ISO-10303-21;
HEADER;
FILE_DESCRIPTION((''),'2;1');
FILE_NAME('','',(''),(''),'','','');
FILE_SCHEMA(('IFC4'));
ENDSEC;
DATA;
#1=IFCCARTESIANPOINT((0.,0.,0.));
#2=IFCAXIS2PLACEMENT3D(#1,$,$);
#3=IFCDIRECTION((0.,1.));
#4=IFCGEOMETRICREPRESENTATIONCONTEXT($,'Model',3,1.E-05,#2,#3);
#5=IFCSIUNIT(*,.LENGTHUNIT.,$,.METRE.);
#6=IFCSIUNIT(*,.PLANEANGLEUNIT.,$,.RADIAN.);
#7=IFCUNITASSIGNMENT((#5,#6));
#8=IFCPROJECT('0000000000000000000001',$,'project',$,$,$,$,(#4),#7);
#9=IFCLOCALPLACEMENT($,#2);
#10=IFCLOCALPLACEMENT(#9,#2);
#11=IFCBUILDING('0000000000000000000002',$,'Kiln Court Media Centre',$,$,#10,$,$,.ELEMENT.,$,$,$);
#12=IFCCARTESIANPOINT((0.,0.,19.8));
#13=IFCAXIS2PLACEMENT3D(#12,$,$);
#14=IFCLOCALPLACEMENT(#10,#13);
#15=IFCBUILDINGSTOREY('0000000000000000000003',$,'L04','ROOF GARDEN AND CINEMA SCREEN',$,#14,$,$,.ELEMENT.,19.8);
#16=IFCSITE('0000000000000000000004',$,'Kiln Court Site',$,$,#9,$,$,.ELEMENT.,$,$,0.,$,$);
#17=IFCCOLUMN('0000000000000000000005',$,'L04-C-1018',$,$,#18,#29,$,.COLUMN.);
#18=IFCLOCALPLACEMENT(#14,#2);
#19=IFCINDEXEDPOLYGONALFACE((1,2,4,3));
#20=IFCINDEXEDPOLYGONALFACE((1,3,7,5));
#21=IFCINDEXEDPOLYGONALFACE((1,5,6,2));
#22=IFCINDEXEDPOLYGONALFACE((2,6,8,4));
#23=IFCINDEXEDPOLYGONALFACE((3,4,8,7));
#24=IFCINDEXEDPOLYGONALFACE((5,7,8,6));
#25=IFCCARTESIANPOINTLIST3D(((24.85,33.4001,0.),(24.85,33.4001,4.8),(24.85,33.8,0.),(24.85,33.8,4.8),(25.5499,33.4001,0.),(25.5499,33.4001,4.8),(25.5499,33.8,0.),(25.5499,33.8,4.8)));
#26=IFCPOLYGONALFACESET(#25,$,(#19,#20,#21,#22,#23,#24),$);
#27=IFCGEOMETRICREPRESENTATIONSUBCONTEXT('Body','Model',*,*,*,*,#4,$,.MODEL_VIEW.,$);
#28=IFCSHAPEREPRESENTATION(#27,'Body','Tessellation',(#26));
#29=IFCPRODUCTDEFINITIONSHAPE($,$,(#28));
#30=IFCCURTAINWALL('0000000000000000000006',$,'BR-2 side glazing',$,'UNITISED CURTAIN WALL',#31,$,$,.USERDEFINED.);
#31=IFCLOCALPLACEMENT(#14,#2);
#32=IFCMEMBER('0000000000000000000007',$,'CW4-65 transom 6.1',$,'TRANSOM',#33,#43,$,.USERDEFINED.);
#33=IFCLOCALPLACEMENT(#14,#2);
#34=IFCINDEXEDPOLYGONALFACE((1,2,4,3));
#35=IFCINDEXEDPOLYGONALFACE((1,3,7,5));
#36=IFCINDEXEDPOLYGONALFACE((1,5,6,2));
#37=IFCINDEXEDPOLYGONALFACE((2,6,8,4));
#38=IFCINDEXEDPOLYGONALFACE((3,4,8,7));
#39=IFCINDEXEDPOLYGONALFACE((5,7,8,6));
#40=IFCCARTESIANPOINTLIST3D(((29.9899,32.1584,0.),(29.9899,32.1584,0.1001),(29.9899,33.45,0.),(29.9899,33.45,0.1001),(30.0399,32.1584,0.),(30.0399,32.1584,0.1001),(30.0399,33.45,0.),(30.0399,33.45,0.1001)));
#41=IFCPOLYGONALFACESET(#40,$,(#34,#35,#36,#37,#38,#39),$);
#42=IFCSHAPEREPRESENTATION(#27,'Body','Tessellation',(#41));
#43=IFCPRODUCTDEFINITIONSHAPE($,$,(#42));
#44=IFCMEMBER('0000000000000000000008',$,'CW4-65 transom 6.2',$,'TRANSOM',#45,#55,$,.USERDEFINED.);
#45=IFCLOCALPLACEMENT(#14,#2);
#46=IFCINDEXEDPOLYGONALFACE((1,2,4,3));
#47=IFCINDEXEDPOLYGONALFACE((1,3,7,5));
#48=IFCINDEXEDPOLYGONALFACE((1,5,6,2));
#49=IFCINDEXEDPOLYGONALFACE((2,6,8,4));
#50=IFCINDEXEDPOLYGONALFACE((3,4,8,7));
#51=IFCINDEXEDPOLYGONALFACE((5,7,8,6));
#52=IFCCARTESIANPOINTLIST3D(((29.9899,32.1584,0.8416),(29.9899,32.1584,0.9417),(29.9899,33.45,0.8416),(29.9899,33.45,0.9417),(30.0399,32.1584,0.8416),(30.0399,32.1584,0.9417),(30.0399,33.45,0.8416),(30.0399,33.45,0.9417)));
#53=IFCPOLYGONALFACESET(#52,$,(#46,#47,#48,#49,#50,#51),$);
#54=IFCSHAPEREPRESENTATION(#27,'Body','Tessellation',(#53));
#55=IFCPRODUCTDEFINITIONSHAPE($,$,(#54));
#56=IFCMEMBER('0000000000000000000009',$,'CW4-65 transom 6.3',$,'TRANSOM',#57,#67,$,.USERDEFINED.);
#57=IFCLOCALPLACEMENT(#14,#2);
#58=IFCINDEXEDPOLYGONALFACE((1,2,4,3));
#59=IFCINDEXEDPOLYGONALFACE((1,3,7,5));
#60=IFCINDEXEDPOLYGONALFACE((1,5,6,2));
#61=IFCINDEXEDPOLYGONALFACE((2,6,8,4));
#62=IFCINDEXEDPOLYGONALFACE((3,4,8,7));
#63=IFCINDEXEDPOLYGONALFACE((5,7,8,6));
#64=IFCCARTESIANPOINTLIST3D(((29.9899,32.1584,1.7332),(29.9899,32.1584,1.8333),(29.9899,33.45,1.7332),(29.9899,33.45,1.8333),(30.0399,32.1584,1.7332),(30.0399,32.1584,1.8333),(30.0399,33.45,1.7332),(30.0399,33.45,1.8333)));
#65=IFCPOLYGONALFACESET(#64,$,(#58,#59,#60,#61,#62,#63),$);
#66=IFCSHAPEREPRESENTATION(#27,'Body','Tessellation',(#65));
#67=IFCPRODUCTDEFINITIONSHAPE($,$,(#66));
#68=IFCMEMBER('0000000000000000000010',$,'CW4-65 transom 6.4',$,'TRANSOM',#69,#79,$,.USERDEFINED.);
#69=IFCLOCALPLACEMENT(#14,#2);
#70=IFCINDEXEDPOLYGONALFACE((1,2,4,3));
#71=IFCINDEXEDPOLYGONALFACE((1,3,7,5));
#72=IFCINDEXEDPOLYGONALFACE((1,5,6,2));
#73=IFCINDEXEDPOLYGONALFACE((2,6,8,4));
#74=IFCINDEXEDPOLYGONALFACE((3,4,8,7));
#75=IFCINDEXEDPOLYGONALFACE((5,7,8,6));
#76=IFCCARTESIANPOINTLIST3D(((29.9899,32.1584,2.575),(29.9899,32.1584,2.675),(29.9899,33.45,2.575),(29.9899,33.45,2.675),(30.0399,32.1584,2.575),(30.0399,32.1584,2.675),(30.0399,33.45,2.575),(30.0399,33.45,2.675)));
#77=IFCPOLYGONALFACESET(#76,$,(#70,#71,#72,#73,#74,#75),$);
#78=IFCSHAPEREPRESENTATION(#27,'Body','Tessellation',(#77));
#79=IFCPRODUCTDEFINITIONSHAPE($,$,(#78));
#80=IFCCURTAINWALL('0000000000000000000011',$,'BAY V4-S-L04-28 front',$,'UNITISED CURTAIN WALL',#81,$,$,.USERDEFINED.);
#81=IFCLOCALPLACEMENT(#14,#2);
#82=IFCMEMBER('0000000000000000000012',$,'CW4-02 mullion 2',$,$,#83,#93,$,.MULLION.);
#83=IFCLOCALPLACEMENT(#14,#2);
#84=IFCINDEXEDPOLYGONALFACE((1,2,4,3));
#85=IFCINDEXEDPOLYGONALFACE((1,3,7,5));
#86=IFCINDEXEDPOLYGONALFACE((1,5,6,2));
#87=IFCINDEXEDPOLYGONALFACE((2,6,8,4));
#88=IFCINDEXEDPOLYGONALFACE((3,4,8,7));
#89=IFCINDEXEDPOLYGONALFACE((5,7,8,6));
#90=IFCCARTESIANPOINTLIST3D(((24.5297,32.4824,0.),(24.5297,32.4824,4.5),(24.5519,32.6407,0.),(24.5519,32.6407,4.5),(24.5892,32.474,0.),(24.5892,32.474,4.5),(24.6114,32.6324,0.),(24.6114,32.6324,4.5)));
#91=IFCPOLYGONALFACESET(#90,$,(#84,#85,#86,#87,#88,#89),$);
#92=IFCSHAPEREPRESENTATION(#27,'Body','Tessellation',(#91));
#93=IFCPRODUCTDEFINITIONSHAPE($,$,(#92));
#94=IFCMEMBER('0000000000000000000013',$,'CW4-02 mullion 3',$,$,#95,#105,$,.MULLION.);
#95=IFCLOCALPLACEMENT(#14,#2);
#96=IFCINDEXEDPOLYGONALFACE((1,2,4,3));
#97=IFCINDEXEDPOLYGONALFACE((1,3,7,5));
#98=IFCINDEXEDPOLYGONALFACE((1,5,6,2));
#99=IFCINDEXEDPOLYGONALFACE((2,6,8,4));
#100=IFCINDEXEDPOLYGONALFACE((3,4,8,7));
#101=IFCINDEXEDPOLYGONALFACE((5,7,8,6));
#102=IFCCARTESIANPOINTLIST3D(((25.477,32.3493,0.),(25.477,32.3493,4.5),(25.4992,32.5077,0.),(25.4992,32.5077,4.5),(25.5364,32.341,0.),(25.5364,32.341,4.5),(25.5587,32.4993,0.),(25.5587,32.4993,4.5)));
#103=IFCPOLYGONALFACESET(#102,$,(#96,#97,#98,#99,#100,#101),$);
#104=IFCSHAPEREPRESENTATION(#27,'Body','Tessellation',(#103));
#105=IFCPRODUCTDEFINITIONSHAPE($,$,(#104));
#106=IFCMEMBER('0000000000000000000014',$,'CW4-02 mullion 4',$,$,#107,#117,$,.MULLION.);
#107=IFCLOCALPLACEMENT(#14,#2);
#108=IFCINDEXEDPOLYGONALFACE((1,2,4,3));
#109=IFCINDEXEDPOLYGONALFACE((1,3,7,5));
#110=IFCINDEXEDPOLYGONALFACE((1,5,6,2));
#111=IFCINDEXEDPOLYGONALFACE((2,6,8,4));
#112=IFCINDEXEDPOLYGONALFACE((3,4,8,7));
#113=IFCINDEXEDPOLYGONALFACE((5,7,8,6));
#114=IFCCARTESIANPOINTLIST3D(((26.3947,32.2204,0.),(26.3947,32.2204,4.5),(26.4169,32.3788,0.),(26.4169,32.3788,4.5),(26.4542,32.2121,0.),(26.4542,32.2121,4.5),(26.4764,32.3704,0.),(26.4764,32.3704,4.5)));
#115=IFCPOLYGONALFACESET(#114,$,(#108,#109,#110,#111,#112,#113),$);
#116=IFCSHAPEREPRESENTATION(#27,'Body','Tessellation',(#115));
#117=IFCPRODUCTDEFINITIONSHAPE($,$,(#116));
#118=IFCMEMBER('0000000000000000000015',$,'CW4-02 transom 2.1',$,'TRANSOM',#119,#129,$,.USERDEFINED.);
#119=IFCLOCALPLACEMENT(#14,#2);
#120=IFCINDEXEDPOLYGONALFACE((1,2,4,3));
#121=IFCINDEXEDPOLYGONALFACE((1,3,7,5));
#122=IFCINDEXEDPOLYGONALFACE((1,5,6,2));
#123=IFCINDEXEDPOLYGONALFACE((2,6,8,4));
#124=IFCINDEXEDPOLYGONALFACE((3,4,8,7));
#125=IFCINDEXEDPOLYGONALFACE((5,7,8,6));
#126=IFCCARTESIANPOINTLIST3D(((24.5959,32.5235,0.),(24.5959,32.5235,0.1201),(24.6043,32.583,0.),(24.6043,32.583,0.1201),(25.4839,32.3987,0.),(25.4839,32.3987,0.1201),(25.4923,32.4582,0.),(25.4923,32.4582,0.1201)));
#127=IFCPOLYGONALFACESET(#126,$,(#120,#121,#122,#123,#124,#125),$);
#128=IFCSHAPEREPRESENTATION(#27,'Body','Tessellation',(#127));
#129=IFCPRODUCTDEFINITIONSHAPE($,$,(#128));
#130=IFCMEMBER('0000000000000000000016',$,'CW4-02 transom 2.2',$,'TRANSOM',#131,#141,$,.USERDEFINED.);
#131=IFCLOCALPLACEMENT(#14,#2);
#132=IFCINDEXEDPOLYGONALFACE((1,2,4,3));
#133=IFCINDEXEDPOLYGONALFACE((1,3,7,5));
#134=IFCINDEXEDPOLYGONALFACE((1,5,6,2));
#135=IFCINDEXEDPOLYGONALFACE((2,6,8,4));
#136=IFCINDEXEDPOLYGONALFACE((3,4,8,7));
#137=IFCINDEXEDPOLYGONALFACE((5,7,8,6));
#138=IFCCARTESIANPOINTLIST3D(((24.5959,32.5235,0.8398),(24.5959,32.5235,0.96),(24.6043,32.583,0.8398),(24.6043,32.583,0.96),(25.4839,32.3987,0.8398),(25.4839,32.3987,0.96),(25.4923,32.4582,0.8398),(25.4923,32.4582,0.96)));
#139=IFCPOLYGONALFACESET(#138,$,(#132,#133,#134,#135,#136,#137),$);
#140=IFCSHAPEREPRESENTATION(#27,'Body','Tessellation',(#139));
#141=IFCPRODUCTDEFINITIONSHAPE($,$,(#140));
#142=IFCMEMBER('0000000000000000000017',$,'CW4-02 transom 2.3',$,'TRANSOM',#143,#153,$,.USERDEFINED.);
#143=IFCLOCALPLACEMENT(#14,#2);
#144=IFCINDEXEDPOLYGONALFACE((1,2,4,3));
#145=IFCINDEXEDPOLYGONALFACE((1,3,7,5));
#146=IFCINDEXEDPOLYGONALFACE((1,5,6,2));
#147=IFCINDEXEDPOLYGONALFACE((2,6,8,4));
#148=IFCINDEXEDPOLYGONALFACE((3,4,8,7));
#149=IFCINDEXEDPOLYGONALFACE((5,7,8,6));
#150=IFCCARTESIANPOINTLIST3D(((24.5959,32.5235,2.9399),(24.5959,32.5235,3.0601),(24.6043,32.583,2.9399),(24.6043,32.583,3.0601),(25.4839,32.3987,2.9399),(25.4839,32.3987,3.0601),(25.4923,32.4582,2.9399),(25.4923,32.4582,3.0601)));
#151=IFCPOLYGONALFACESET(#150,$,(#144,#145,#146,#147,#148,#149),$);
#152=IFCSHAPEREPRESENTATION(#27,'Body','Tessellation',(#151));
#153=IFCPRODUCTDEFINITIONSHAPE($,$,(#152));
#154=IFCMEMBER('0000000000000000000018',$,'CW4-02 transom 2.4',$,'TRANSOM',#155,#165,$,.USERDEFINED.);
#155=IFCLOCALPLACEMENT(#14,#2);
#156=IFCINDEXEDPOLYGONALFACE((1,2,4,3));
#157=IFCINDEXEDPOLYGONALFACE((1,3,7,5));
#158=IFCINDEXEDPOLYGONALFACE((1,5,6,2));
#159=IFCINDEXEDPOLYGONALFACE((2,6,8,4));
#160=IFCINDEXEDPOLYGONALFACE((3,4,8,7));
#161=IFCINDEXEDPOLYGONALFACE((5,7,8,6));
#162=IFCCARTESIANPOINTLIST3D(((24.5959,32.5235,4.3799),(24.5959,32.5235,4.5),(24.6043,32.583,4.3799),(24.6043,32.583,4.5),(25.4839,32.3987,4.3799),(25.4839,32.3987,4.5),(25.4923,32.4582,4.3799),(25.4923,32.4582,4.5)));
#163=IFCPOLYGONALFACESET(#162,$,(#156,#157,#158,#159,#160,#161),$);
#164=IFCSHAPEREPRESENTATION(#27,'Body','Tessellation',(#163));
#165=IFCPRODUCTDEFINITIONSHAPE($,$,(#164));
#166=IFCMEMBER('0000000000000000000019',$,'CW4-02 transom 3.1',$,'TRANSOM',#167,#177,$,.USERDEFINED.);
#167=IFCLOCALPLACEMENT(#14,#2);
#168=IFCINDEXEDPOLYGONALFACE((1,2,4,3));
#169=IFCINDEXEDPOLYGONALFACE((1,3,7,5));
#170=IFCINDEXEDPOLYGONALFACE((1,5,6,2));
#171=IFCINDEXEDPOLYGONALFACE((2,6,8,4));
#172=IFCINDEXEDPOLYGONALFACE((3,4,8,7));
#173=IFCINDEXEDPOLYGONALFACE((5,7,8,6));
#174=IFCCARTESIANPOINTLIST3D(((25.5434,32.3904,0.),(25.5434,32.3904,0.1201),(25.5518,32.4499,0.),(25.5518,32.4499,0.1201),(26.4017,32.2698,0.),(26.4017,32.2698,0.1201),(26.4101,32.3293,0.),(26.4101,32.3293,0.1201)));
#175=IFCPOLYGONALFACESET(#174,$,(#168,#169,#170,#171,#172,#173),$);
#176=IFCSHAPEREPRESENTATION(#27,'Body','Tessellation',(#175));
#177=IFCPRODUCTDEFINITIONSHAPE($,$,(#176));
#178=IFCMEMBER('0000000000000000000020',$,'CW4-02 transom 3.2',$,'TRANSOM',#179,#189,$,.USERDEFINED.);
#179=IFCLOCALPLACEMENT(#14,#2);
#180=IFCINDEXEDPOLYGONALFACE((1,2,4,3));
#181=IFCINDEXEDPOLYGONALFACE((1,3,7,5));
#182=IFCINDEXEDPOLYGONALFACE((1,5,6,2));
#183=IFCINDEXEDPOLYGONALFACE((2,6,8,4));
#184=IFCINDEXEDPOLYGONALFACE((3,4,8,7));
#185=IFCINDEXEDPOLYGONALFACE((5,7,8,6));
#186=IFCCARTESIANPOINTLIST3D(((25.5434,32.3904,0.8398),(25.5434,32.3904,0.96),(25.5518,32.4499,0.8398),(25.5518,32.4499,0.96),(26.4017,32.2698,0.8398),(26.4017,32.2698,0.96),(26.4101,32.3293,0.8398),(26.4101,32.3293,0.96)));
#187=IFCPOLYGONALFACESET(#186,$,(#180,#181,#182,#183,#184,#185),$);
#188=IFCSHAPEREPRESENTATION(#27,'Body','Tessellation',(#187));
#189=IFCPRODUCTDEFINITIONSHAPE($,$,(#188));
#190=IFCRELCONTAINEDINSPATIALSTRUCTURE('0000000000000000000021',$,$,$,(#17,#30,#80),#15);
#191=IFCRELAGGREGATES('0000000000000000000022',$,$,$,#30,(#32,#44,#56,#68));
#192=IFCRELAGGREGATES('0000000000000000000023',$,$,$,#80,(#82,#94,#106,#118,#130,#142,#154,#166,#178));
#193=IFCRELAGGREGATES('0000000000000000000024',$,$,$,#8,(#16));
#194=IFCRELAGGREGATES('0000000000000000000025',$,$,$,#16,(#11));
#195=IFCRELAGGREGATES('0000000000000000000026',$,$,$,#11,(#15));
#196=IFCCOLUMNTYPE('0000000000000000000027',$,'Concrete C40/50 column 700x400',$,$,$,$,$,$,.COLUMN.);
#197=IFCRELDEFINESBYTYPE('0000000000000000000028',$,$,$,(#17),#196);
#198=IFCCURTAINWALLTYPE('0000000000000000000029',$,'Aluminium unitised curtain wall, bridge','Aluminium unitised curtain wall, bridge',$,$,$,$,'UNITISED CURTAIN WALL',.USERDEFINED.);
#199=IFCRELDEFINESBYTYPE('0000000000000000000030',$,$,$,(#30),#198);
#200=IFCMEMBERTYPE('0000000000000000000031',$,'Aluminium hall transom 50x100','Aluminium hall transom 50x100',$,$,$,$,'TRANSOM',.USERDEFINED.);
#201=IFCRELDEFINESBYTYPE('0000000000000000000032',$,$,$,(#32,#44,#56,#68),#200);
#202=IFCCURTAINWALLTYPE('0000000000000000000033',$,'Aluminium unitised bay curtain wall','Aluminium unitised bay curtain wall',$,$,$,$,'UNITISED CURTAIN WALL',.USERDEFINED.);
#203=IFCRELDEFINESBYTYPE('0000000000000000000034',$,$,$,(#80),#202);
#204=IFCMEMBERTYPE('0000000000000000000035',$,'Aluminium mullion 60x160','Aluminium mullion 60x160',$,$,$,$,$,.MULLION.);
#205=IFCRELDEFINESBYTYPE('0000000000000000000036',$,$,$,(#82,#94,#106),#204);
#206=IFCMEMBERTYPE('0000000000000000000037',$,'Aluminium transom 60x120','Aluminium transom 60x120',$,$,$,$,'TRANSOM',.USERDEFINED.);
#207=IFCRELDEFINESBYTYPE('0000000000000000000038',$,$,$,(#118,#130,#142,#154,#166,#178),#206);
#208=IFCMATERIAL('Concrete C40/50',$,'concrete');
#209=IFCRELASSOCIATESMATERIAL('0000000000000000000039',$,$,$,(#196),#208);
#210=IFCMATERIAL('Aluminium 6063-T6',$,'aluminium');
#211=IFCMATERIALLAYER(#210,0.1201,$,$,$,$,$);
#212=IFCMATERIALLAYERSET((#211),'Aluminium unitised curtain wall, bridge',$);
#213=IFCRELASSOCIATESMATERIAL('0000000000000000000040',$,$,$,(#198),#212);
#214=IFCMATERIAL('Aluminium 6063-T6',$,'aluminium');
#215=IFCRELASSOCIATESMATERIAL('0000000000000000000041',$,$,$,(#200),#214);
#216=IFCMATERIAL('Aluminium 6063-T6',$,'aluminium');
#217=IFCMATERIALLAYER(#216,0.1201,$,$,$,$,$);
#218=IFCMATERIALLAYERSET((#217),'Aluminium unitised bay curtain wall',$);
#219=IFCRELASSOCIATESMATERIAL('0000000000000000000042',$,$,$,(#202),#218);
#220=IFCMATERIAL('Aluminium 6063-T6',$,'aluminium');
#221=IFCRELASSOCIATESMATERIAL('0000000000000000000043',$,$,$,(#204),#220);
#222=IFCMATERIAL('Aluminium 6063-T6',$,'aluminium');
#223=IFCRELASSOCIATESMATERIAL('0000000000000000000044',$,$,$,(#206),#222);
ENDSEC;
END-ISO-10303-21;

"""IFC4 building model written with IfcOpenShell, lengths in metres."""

from ifc_helpers import new_model, si_unit, direction, frame, origin, origin_2d, place, context, subcontext, project, spatial, rectangle, extrude, material, layer, layer_set, material_profile, profile_set, type_object, element, aggregate, save


model = new_model("IFC4")

# Units and contexts
model_context = context("Model", 3, precision=1e-05, world=origin(), true_north=direction((0.0, 1.0)))
body_context = subcontext(model_context, "Body", "Model", "MODEL_VIEW")
ifc_project = project(units=[si_unit("LENGTHUNIT", "METRE"), si_unit("PLANEANGLEUNIT", "RADIAN")], contexts=[model_context])

# Site, building, storey
site_placement = place(None, origin())
site = spatial("IfcSite", under=ifc_project, at=site_placement, Name="Kiln Court Site", CompositionType="ELEMENT", RefElevation=0.0)
building_placement = place(site_placement, origin())
building = spatial("IfcBuilding", under=site, at=building_placement, Name="Kiln Court Media Centre", CompositionType="ELEMENT")
storey_placement = place(building_placement, frame((0.0, 0.0, 19.8)))
storey = spatial("IfcBuildingStorey", under=building, at=storey_placement, Name="L04", Description="ROOF GARDEN AND CINEMA SCREEN", CompositionType="ELEMENT", Elevation=19.8)

# Column
ifc_material_1 = material(Name="Concrete C40/50", Category="concrete")
ifc_material_profile_1 = material_profile(ifc_material_1, rectangle(XDim=0.7, YDim=0.3999, at=origin_2d()), Name="RC 700x400")
ifc_profile_set_1 = profile_set([ifc_material_profile_1], Name="Concrete C40/50")
column_type = type_object("IfcColumnType", Name="Concrete C40/50 column 700x400", PredefinedType="COLUMN", material=ifc_profile_set_1)
column_placement = place(storey_placement, frame((25.2, 33.6001, 0.0), z_axis=(0.0, 0.0, 1.0), x_axis=(1.0, 0.0, 0.0)))
element("IfcColumn", 1, at=column_placement, inside=storey, type_object=column_type, Name="L04-C-1018", PredefinedType="COLUMN", context=body_context, shape_type="SweptSolid", body=[
    extrude(rectangle(XDim=0.7, YDim=0.3999, at=origin_2d()), origin(), (0.0, 0.0, 1.0), 4.8),
])

# Curtain walls, members
ifc_material_2 = material(Name="Aluminium 6063-T6", Category="aluminium")
ifc_layer_1 = layer(ifc_material_2, 0.1201)
ifc_layer_set_1 = layer_set([ifc_layer_1], Name="Aluminium unitised curtain wall, bridge")
curtain_wall_type_1 = type_object("IfcCurtainWallType", Name="Aluminium unitised curtain wall, bridge", Description="Aluminium unitised curtain wall, bridge", ElementType="UNITISED CURTAIN WALL", PredefinedType="USERDEFINED", material=ifc_layer_set_1)
curtain_wall_1_placement = place(storey_placement, origin())
curtain_wall_1 = element("IfcCurtainWall", 2, at=curtain_wall_1_placement, inside=storey, type_object=curtain_wall_type_1, Name="BR-2 side glazing", ObjectType="UNITISED CURTAIN WALL", PredefinedType="USERDEFINED")
ifc_material_3 = material(Name="Aluminium 6063-T6", Category="aluminium")
ifc_material_profile_2 = material_profile(ifc_material_3, rectangle(XDim=0.05, YDim=0.1001, at=origin_2d()), Name="Aluminium hall transom 50x100")
ifc_profile_set_2 = profile_set([ifc_material_profile_2], Name="Aluminium 6063-T6")
member_type_1 = type_object("IfcMemberType", Name="Aluminium hall transom 50x100", Description="Aluminium hall transom 50x100", ElementType="TRANSOM", PredefinedType="USERDEFINED", material=ifc_profile_set_2)
member_1_placement = place(storey_placement, frame((30.0149, 32.1584, 0.05), z_axis=(0.0, 1.0, 0.0), x_axis=(-1.0, 0.0, 0.0)))
member_1 = element("IfcMember", 3, at=member_1_placement, type_object=member_type_1, Name="CW4-65 transom 6.1", ObjectType="TRANSOM", PredefinedType="USERDEFINED", context=body_context, shape_type="SweptSolid", body=[
    extrude(rectangle(XDim=0.05, YDim=0.1001, at=origin_2d()), origin(), (0.0, 0.0, 1.0), 1.2915),
])
member_2_placement = place(storey_placement, frame((30.0149, 32.1584, 0.8916), z_axis=(0.0, 1.0, 0.0), x_axis=(-1.0, 0.0, 0.0)))
member_2 = element("IfcMember", 4, at=member_2_placement, type_object=member_type_1, Name="CW4-65 transom 6.2", ObjectType="TRANSOM", PredefinedType="USERDEFINED", context=body_context, shape_type="SweptSolid", body=[
    extrude(rectangle(XDim=0.05, YDim=0.1001, at=origin_2d()), origin(), (0.0, 0.0, 1.0), 1.2915),
])
member_3_placement = place(storey_placement, frame((30.0149, 32.1584, 1.7832), z_axis=(0.0, 1.0, 0.0), x_axis=(-1.0, 0.0, 0.0)))
member_3 = element("IfcMember", 5, at=member_3_placement, type_object=member_type_1, Name="CW4-65 transom 6.3", ObjectType="TRANSOM", PredefinedType="USERDEFINED", context=body_context, shape_type="SweptSolid", body=[
    extrude(rectangle(XDim=0.05, YDim=0.1001, at=origin_2d()), origin(), (0.0, 0.0, 1.0), 1.2915),
])
member_4_placement = place(storey_placement, frame((30.0149, 32.1584, 2.625), z_axis=(0.0, 1.0, 0.0), x_axis=(-1.0, 0.0, 0.0)))
member_4 = element("IfcMember", 6, at=member_4_placement, type_object=member_type_1, Name="CW4-65 transom 6.4", ObjectType="TRANSOM", PredefinedType="USERDEFINED", context=body_context, shape_type="SweptSolid", body=[
    extrude(rectangle(XDim=0.05, YDim=0.1001, at=origin_2d()), origin(), (0.0, 0.0, 1.0), 1.2915),
])
ifc_material_4 = material(Name="Aluminium 6063-T6", Category="aluminium")
ifc_layer_2 = layer(ifc_material_4, 0.1201)
ifc_layer_set_2 = layer_set([ifc_layer_2], Name="Aluminium unitised bay curtain wall")
curtain_wall_type_2 = type_object("IfcCurtainWallType", Name="Aluminium unitised bay curtain wall", Description="Aluminium unitised bay curtain wall", ElementType="UNITISED CURTAIN WALL", PredefinedType="USERDEFINED", material=ifc_layer_set_2)
curtain_wall_2_placement = place(storey_placement, origin())
curtain_wall_2 = element("IfcCurtainWall", 7, at=curtain_wall_2_placement, inside=storey, type_object=curtain_wall_type_2, Name="BAY V4-S-L04-28 front", ObjectType="UNITISED CURTAIN WALL", PredefinedType="USERDEFINED")
ifc_material_5 = material(Name="Aluminium 6063-T6", Category="aluminium")
ifc_material_profile_3 = material_profile(ifc_material_5, rectangle(XDim=0.0601, YDim=0.1599, at=origin_2d()), Name="Aluminium mullion 60x160")
ifc_profile_set_3 = profile_set([ifc_material_profile_3], Name="Aluminium 6063-T6")
member_type_2 = type_object("IfcMemberType", Name="Aluminium mullion 60x160", Description="Aluminium mullion 60x160", PredefinedType="MULLION", material=ifc_profile_set_3)
member_5_placement = place(storey_placement, frame((24.5706, 32.5574, 0.0), z_axis=(0.0, 0.0, 1.0), x_axis=(0.99027, -0.139162, 0.0)))
member_5 = element("IfcMember", 8, at=member_5_placement, type_object=member_type_2, Name="CW4-02 mullion 2", PredefinedType="MULLION", context=body_context, shape_type="SweptSolid", body=[
    extrude(rectangle(XDim=0.0601, YDim=0.1599, at=origin_2d()), origin(), (0.0, 0.0, 1.0), 4.5),
])
member_6_placement = place(storey_placement, frame((25.5178, 32.4243, 0.0), z_axis=(0.0, 0.0, 1.0), x_axis=(0.99027, -0.139162, 0.0)))
member_6 = element("IfcMember", 9, at=member_6_placement, type_object=member_type_2, Name="CW4-02 mullion 3", PredefinedType="MULLION", context=body_context, shape_type="SweptSolid", body=[
    extrude(rectangle(XDim=0.0601, YDim=0.1599, at=origin_2d()), origin(), (0.0, 0.0, 1.0), 4.5),
])
member_7_placement = place(storey_placement, frame((26.4355, 32.2954, 0.0), z_axis=(0.0, 0.0, 1.0), x_axis=(0.99027, -0.139162, 0.0)))
member_7 = element("IfcMember", 10, at=member_7_placement, type_object=member_type_2, Name="CW4-02 mullion 4", PredefinedType="MULLION", context=body_context, shape_type="SweptSolid", body=[
    extrude(rectangle(XDim=0.0601, YDim=0.1599, at=origin_2d()), origin(), (0.0, 0.0, 1.0), 4.5),
])
ifc_material_6 = material(Name="Aluminium 6063-T6", Category="aluminium")
ifc_material_profile_4 = material_profile(ifc_material_6, rectangle(XDim=0.0601, YDim=0.1201, at=origin_2d()), Name="Aluminium transom 60x120")
ifc_profile_set_4 = profile_set([ifc_material_profile_4], Name="Aluminium 6063-T6")
member_type_3 = type_object("IfcMemberType", Name="Aluminium transom 60x120", Description="Aluminium transom 60x120", ElementType="TRANSOM", PredefinedType="USERDEFINED", material=ifc_profile_set_4)
member_8_placement = place(storey_placement, frame((24.6001, 32.5532, 0.0601), z_axis=(0.990274, -0.139134, 0.0), x_axis=(0.139134, 0.990274, 0.0)))
member_8 = element("IfcMember", 11, at=member_8_placement, type_object=member_type_3, Name="CW4-02 transom 2.1", ObjectType="TRANSOM", PredefinedType="USERDEFINED", context=body_context, shape_type="SweptSolid", body=[
    extrude(rectangle(XDim=0.0601, YDim=0.1201, at=origin_2d()), origin(), (0.0, 0.0, 1.0), 0.8967),
])
member_9_placement = place(storey_placement, frame((24.6001, 32.5532, 0.8999), z_axis=(0.990274, -0.139134, 0.0), x_axis=(0.139134, 0.990274, 0.0)))
member_9 = element("IfcMember", 12, at=member_9_placement, type_object=member_type_3, Name="CW4-02 transom 2.2", ObjectType="TRANSOM", PredefinedType="USERDEFINED", context=body_context, shape_type="SweptSolid", body=[
    extrude(rectangle(XDim=0.0601, YDim=0.1201, at=origin_2d()), origin(), (0.0, 0.0, 1.0), 0.8967),
])
member_10_placement = place(storey_placement, frame((24.6001, 32.5532, 3.0), z_axis=(0.990274, -0.139134, 0.0), x_axis=(0.139134, 0.990274, 0.0)))
member_10 = element("IfcMember", 13, at=member_10_placement, type_object=member_type_3, Name="CW4-02 transom 2.3", ObjectType="TRANSOM", PredefinedType="USERDEFINED", context=body_context, shape_type="SweptSolid", body=[
    extrude(rectangle(XDim=0.0601, YDim=0.1201, at=origin_2d()), origin(), (0.0, 0.0, 1.0), 0.8967),
])
member_11_placement = place(storey_placement, frame((24.6001, 32.5532, 4.4399), z_axis=(0.990274, -0.139134, 0.0), x_axis=(0.139134, 0.990274, 0.0)))
member_11 = element("IfcMember", 14, at=member_11_placement, type_object=member_type_3, Name="CW4-02 transom 2.4", ObjectType="TRANSOM", PredefinedType="USERDEFINED", context=body_context, shape_type="SweptSolid", body=[
    extrude(rectangle(XDim=0.0601, YDim=0.1201, at=origin_2d()), origin(), (0.0, 0.0, 1.0), 0.8967),
])
member_12_placement = place(storey_placement, frame((25.5476, 32.4202, 0.0601), z_axis=(0.990268, -0.139173, 0.0), x_axis=(0.139173, 0.990268, 0.0)))
member_12 = element("IfcMember", 15, at=member_12_placement, type_object=member_type_3, Name="CW4-02 transom 3.1", ObjectType="TRANSOM", PredefinedType="USERDEFINED", context=body_context, shape_type="SweptSolid", body=[
    extrude(rectangle(XDim=0.0601, YDim=0.1201, at=origin_2d()), origin(), (0.0, 0.0, 1.0), 0.8667),
])
member_13_placement = place(storey_placement, frame((25.5476, 32.4202, 0.8999), z_axis=(0.990268, -0.139173, 0.0), x_axis=(0.139173, 0.990268, 0.0)))
member_13 = element("IfcMember", 16, at=member_13_placement, type_object=member_type_3, Name="CW4-02 transom 3.2", ObjectType="TRANSOM", PredefinedType="USERDEFINED", context=body_context, shape_type="SweptSolid", body=[
    extrude(rectangle(XDim=0.0601, YDim=0.1201, at=origin_2d()), origin(), (0.0, 0.0, 1.0), 0.8667),
])

aggregate(curtain_wall_1, [member_1, member_2, member_3, member_4])
aggregate(curtain_wall_2, [member_5, member_6, member_7, member_8, member_9, member_10, member_11, member_12, member_13])

save(model, "model.ifc")
